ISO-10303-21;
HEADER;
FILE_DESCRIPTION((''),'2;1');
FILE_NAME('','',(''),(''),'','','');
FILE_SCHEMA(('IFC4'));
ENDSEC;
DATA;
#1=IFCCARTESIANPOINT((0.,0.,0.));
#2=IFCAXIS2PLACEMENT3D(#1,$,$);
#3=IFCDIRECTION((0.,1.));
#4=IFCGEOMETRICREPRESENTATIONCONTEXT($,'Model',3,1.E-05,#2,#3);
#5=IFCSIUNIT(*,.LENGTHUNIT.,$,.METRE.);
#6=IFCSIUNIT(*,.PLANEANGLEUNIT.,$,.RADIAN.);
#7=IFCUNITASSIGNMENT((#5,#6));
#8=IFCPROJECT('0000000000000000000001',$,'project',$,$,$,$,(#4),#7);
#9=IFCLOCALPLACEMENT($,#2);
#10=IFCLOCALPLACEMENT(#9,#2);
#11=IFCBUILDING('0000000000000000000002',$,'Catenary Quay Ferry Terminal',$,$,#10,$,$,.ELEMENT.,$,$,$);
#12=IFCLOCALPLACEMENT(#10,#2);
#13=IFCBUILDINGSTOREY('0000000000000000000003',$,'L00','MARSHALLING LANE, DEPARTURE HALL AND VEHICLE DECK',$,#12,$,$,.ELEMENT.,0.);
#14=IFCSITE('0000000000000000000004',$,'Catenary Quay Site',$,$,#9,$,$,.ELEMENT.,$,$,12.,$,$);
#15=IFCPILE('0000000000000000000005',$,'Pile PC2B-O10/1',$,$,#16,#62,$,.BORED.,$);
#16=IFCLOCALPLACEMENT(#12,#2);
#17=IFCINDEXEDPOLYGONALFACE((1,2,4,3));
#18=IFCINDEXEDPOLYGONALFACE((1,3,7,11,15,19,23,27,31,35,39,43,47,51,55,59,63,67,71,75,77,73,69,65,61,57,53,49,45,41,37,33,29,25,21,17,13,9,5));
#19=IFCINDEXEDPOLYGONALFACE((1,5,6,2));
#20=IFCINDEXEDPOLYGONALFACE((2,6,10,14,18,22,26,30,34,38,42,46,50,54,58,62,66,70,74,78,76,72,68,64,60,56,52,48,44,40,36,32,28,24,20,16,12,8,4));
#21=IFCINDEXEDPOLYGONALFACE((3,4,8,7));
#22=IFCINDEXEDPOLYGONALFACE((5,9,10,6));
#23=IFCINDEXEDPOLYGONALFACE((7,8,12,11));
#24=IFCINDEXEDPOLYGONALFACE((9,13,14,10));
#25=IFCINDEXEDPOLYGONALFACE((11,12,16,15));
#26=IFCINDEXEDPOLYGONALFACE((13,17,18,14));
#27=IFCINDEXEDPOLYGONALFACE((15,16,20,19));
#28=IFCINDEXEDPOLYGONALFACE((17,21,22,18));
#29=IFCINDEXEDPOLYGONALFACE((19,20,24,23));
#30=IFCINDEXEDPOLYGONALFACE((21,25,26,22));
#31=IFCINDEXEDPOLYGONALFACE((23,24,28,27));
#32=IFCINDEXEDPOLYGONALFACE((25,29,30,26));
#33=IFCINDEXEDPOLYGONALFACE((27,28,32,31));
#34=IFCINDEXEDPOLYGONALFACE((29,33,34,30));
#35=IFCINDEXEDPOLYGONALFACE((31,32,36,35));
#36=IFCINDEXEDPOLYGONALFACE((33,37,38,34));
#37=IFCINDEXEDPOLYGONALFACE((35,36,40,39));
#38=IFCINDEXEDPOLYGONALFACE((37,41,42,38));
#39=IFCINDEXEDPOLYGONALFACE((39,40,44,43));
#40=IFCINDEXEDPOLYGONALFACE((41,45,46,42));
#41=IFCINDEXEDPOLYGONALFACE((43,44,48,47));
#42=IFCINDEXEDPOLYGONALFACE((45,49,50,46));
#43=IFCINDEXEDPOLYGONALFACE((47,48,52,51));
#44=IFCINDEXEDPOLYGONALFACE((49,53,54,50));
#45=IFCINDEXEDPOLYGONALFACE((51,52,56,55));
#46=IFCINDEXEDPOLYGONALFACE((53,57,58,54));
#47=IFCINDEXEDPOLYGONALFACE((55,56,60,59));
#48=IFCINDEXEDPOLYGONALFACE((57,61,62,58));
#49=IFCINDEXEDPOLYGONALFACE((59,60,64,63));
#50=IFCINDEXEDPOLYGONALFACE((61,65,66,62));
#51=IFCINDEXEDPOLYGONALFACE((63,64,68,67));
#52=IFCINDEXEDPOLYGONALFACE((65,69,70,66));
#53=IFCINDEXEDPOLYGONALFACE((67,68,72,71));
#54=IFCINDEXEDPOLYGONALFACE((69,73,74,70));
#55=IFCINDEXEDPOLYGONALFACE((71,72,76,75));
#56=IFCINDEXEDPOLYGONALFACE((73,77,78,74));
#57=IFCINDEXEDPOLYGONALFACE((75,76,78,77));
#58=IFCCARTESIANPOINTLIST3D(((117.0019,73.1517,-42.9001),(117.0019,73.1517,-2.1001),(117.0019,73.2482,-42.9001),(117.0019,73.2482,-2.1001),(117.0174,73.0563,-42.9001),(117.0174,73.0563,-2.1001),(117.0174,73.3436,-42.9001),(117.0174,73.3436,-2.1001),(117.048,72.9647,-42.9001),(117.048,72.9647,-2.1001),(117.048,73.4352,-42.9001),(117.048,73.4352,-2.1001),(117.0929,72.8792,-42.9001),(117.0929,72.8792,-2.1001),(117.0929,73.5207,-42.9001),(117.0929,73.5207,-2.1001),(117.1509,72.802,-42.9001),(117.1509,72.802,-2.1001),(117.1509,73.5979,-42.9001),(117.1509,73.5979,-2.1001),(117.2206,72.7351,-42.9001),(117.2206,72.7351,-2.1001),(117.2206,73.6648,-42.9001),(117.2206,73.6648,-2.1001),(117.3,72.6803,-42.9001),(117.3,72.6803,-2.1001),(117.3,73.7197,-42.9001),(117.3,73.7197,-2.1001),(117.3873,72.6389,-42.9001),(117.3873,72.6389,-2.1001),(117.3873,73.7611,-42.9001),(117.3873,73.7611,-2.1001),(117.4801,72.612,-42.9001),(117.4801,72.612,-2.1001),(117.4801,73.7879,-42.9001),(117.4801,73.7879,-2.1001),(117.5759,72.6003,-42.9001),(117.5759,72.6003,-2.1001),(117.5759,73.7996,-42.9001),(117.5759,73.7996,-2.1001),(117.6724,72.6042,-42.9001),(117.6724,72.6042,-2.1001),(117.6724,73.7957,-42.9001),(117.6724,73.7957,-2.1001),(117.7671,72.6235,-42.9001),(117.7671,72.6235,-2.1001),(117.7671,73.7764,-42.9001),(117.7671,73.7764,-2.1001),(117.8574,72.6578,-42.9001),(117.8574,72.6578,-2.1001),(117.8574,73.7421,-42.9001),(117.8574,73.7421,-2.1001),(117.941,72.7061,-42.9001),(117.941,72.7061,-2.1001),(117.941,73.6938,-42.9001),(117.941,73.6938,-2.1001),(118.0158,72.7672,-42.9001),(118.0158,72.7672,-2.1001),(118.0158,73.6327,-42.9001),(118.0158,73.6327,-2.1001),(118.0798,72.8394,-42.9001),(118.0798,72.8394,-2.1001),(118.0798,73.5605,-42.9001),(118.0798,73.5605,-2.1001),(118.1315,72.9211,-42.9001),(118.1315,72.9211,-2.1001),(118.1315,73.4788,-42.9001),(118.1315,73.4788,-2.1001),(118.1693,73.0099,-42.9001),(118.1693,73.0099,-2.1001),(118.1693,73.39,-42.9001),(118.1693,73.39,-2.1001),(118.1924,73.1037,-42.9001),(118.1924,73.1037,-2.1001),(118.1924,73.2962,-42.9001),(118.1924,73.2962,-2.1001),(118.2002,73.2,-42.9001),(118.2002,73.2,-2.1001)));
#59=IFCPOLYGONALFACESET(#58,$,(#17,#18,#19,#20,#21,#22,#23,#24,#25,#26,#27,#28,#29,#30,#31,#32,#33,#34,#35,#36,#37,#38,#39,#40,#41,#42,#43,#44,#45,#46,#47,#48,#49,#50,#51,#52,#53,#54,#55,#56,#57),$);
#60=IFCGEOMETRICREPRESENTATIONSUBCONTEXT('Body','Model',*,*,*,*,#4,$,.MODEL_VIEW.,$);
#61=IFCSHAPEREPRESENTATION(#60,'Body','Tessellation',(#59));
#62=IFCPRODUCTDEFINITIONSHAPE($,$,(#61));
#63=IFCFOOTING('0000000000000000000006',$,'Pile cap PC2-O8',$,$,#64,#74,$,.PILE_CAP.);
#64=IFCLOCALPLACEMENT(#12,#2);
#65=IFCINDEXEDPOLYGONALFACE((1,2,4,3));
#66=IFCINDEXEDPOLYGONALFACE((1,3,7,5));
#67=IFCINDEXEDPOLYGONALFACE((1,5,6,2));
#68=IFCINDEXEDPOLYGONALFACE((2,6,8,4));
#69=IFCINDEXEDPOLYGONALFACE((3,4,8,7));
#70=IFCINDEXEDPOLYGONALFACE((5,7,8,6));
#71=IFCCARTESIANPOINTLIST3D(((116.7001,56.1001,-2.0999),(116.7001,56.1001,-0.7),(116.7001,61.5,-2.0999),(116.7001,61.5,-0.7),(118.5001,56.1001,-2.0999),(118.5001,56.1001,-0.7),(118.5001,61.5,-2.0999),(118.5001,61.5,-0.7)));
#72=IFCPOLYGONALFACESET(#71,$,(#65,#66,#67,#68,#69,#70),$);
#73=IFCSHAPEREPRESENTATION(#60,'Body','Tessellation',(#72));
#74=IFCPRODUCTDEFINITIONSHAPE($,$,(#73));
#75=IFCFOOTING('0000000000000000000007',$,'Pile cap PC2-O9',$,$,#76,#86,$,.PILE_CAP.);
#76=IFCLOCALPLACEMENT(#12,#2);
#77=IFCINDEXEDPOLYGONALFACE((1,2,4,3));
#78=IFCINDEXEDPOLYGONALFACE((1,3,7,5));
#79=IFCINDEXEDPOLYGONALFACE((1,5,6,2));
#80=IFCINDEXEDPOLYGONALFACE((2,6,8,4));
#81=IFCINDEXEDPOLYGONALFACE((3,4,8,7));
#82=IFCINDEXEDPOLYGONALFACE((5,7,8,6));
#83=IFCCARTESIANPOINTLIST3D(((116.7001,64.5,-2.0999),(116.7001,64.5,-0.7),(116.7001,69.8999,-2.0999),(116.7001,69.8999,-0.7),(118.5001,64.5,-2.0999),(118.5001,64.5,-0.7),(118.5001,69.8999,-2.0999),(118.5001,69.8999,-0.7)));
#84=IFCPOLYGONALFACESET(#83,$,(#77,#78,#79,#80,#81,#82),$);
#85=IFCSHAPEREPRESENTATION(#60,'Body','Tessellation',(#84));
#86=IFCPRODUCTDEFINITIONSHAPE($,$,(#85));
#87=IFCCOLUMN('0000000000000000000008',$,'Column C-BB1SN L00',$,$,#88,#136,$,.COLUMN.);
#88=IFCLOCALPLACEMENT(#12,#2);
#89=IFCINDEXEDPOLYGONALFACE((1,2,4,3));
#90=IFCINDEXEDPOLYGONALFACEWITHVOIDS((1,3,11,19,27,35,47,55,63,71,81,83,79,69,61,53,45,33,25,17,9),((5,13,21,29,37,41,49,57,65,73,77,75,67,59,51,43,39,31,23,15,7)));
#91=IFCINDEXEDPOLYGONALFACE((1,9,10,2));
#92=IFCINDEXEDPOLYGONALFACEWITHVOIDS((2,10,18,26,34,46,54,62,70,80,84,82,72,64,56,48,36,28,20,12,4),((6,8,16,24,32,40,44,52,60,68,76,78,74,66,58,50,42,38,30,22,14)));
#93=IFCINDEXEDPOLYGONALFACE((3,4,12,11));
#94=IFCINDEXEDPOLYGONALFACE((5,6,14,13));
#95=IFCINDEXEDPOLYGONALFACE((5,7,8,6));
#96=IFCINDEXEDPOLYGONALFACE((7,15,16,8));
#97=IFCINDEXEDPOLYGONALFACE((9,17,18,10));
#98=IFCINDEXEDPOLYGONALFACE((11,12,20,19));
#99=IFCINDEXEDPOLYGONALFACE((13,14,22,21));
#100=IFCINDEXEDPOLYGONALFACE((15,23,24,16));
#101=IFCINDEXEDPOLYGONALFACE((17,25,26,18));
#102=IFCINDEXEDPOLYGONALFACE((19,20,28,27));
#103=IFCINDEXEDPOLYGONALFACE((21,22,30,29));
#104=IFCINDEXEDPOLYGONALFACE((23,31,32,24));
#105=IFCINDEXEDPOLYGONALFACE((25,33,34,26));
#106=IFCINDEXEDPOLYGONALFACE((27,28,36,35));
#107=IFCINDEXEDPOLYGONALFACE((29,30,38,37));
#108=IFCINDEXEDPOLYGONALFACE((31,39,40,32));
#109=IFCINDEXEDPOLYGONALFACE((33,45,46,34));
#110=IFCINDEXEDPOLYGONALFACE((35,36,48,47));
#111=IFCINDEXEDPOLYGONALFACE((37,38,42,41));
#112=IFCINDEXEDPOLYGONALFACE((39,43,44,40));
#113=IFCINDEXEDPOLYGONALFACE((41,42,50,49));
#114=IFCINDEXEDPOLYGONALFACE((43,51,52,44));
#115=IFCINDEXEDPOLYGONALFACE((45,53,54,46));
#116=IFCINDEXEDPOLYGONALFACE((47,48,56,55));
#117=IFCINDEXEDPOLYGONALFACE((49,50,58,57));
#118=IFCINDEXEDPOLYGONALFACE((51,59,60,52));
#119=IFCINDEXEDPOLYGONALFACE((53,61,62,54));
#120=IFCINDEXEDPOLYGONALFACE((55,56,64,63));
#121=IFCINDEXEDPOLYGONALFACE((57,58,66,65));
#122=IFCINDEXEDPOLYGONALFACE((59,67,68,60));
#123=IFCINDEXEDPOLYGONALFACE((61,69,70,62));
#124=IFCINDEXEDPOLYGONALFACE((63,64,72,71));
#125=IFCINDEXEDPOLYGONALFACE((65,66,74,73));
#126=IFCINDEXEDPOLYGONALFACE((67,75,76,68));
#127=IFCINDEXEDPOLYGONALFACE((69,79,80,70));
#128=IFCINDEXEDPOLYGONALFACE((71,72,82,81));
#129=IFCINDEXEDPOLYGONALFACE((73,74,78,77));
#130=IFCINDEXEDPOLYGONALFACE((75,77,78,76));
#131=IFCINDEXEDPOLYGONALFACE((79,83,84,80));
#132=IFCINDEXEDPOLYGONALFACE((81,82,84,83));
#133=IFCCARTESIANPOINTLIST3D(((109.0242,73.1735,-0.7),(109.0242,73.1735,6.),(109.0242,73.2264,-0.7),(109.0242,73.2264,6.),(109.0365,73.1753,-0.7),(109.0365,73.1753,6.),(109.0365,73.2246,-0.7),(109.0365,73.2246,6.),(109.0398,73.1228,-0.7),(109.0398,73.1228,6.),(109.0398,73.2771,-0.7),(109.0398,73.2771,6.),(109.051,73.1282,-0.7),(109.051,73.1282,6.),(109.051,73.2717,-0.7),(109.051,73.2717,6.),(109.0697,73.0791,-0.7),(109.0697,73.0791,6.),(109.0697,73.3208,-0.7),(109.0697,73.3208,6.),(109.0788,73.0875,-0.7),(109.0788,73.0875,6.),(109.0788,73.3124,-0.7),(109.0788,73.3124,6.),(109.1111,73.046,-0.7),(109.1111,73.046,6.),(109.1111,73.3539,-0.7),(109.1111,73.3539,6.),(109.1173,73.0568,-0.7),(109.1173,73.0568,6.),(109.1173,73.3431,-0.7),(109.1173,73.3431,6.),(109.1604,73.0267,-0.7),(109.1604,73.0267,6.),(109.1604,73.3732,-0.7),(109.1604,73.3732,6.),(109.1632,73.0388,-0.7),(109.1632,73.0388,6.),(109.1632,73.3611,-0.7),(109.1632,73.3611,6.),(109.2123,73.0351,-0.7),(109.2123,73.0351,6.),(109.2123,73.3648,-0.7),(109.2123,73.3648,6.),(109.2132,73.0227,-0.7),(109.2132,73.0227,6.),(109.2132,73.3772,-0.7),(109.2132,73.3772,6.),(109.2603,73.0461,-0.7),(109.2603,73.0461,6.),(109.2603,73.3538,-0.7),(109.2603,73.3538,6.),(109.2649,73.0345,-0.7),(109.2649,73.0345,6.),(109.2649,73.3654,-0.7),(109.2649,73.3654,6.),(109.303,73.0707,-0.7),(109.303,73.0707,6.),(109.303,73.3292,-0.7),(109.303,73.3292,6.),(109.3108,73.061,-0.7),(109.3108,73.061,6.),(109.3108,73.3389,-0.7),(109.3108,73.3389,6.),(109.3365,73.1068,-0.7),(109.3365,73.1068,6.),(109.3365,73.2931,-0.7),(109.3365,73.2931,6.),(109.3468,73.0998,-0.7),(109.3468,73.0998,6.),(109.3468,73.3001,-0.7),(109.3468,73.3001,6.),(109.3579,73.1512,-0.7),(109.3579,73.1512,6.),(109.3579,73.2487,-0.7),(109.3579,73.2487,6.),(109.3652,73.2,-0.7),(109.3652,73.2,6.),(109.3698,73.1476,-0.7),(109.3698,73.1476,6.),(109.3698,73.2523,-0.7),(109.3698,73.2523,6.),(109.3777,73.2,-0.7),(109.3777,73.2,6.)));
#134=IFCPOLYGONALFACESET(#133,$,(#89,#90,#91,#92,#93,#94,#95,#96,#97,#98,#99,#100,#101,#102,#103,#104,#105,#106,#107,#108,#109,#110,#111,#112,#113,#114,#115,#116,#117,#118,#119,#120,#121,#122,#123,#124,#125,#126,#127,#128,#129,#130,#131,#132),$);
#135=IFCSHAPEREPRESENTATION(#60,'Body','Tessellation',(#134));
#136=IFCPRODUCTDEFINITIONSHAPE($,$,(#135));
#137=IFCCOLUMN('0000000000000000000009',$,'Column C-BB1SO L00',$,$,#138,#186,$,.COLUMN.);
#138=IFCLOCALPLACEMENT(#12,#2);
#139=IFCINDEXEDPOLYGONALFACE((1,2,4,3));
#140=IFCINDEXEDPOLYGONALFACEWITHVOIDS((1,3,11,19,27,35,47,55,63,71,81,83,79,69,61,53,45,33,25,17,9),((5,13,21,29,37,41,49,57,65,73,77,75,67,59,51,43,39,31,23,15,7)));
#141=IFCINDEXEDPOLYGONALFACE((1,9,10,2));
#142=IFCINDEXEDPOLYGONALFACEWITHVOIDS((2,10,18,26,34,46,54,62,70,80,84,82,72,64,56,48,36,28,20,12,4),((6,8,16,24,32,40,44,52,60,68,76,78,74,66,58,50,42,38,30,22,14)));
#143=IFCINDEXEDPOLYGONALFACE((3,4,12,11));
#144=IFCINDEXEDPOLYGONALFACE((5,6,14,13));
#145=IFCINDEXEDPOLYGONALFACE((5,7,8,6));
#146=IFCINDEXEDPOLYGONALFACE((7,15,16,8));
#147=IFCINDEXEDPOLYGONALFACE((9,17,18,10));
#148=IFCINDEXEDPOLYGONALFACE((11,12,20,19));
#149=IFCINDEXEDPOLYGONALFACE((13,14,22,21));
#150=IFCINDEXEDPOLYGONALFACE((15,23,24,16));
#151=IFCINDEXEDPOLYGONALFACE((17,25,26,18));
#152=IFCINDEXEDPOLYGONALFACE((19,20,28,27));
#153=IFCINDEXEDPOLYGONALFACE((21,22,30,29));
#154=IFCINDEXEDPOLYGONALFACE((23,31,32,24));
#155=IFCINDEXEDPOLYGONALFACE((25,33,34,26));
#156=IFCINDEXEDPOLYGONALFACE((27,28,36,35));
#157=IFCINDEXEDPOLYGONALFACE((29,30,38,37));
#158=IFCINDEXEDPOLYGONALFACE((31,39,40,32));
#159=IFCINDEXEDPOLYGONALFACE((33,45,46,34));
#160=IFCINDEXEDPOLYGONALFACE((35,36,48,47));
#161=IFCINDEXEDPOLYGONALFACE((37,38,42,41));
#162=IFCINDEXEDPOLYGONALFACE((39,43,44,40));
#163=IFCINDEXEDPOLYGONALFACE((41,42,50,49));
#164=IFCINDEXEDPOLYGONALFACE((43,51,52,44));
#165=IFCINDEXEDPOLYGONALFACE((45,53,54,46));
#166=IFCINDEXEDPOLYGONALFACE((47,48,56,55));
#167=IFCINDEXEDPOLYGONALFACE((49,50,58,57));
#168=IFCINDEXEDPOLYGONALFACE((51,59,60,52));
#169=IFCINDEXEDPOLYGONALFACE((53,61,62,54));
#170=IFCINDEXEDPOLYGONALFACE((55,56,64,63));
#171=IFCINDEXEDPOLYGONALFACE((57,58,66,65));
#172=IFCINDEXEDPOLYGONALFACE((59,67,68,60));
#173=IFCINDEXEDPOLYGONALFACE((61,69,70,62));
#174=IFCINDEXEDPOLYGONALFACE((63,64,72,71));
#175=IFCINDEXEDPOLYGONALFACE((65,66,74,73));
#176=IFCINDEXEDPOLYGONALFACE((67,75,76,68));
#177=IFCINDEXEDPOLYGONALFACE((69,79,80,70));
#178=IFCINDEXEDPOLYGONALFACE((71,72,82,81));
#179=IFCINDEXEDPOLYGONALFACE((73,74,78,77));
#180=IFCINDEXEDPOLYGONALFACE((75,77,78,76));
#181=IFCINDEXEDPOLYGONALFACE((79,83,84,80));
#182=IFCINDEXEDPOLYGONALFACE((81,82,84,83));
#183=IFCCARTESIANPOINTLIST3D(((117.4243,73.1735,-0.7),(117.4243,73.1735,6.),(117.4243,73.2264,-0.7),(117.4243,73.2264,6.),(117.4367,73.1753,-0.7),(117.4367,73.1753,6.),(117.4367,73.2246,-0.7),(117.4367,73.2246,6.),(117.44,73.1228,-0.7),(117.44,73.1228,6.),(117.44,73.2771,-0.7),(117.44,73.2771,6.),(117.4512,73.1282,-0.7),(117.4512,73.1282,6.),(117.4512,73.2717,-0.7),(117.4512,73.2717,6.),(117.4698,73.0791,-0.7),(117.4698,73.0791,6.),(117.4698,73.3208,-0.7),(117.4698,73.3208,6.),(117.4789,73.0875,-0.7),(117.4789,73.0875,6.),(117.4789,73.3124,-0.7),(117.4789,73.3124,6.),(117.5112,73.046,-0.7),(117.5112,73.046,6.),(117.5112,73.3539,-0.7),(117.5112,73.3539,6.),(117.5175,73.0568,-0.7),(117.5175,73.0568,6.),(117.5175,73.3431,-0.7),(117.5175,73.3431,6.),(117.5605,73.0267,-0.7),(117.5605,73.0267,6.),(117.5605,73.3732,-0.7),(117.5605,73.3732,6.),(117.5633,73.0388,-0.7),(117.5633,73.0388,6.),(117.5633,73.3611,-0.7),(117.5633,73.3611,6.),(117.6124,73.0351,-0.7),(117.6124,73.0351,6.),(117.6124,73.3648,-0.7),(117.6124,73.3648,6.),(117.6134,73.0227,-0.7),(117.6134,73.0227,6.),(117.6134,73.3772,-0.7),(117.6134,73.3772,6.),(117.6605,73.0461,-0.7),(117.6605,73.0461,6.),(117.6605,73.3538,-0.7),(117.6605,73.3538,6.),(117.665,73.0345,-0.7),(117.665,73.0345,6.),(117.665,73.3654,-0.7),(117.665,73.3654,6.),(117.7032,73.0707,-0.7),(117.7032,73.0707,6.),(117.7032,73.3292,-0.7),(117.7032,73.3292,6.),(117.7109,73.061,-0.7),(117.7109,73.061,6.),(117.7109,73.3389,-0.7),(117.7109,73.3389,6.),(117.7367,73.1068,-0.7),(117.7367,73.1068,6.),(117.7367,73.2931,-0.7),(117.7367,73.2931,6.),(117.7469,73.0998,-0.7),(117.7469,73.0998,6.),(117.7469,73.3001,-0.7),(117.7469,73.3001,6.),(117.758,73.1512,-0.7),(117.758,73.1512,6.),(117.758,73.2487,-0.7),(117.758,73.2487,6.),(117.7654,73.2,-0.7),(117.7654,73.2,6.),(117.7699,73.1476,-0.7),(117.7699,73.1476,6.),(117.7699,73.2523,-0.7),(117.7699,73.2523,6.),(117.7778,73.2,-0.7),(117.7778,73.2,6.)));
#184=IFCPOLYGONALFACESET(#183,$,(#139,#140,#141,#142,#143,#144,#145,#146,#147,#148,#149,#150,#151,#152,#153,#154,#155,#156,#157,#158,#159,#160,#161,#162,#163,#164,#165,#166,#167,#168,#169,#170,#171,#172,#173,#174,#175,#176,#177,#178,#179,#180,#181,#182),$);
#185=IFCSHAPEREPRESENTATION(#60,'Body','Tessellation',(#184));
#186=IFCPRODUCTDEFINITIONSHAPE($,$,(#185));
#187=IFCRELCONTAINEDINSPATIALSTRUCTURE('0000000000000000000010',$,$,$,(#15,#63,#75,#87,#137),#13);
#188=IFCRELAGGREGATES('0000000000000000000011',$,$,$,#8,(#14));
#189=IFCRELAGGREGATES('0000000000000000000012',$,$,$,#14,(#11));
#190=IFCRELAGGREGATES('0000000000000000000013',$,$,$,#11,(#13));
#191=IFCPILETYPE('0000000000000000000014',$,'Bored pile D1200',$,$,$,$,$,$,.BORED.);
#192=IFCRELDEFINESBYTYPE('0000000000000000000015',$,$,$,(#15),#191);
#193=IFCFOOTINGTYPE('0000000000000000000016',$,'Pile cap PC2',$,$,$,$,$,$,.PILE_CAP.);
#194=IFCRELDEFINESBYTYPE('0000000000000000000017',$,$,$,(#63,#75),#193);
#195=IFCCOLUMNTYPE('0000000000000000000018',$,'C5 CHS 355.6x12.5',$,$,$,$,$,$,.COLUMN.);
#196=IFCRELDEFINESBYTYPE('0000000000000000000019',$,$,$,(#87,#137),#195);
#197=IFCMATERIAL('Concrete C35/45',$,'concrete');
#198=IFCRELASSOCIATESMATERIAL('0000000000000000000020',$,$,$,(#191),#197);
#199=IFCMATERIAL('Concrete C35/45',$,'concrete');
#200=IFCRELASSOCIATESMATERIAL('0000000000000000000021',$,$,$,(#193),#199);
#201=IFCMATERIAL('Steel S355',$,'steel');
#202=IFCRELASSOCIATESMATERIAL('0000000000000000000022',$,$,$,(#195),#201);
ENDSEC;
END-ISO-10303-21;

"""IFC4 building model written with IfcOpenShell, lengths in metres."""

from ifc_helpers import new_model, si_unit, direction, frame, origin, origin_2d, place, context, subcontext, project, spatial, rectangle, circle, hollow_circle, extrude, material, material_profile, profile_set, type_object, element, save


model = new_model("IFC4")

# Units and contexts
model_context = context("Model", 3, precision=1e-05, world=origin(), true_north=direction((0.0, 1.0)))
body_context = subcontext(model_context, "Body", "Model", "MODEL_VIEW")
ifc_project = project(units=[si_unit("LENGTHUNIT", "METRE"), si_unit("PLANEANGLEUNIT", "RADIAN")], contexts=[model_context])

# Site, building, storey
site_placement = place(None, origin())
site = spatial("IfcSite", under=ifc_project, at=site_placement, Name="Catenary Quay Site", CompositionType="ELEMENT", RefElevation=12.0)
building_placement = place(site_placement, origin())
building = spatial("IfcBuilding", under=site, at=building_placement, Name="Catenary Quay Ferry Terminal", CompositionType="ELEMENT")
storey_placement = place(building_placement, origin())
storey = spatial("IfcBuildingStorey", under=building, at=storey_placement, Name="L00", Description="MARSHALLING LANE, DEPARTURE HALL AND VEHICLE DECK", CompositionType="ELEMENT", Elevation=0.0)

# Pile
ifc_material_1 = material(Name="Concrete C35/45", Category="concrete")
ifc_material_profile_1 = material_profile(ifc_material_1, circle(Radius=0.6001, at=origin_2d()), Name="D1200")
ifc_profile_set_1 = profile_set([ifc_material_profile_1], Name="Concrete C35/45")
pile_type = type_object("IfcPileType", Name="Bored pile D1200", PredefinedType="BORED", material=ifc_profile_set_1)
for number, where, z_axis, x_axis, name in (
    (1, (117.6001, 73.2, -2.1001), (0.0, 0.0, -1.0), (1.0, 0.0, 0.0), "Pile PC2B-O10/1"),
):
    element("IfcPile", number, at=place(storey_placement, frame(where, z_axis=z_axis, x_axis=x_axis)), inside=storey, type_object=pile_type, Name=name, PredefinedType="BORED", context=body_context, shape_type="SweptSolid", body=[
        extrude(circle(Radius=0.6001, at=origin_2d()), origin(), (0.0, 0.0, 1.0), 40.8),
    ])

# Footings
ifc_material_2 = material(Name="Concrete C35/45", Category="concrete")
footing_type = type_object("IfcFootingType", Name="Pile cap PC2", PredefinedType="PILE_CAP", material=ifc_material_2)
for number, where, z_axis, x_axis, name in (
    (2, (117.6001, 58.8, -2.0999), (0.0, 0.0, 1.0), (1.0, 0.0, 0.0), "Pile cap PC2-O8"),
    (3, (117.6001, 67.2, -2.0999), (0.0, 0.0, 1.0), (1.0, 0.0, 0.0), "Pile cap PC2-O9"),
):
    element("IfcFooting", number, at=place(storey_placement, frame(where, z_axis=z_axis, x_axis=x_axis)), inside=storey, type_object=footing_type, Name=name, PredefinedType="PILE_CAP", context=body_context, shape_type="SweptSolid", body=[
        extrude(rectangle(XDim=1.8, YDim=5.3999, at=origin_2d()), origin(), (0.0, 0.0, 1.0), 1.3999),
    ])

# Columns
ifc_material_3 = material(Name="Steel S355", Category="steel")
ifc_material_profile_2 = material_profile(ifc_material_3, hollow_circle(Radius=0.1777, WallThickness=0.0125, at=origin_2d()), Name="CHS 355.6x12.5")
ifc_profile_set_2 = profile_set([ifc_material_profile_2], Name="Steel S355")
column_type = type_object("IfcColumnType", Name="C5 CHS 355.6x12.5", PredefinedType="COLUMN", material=ifc_profile_set_2)
for number, where, z_axis, x_axis, name in (
    (4, (109.2, 73.2, -0.7), (0.0, 0.0, 1.0), (1.0, 0.0, 0.0), "Column C-BB1SN L00"),
    (5, (117.6001, 73.2, -0.7), (0.0, 0.0, 1.0), (1.0, 0.0, 0.0), "Column C-BB1SO L00"),
):
    element("IfcColumn", number, at=place(storey_placement, frame(where, z_axis=z_axis, x_axis=x_axis)), inside=storey, type_object=column_type, Name=name, PredefinedType="COLUMN", context=body_context, shape_type="SweptSolid", body=[
        extrude(hollow_circle(Radius=0.1777, WallThickness=0.0125, at=origin_2d()), origin(), (0.0, 0.0, 1.0), 6.7),
    ])

save(model, "model.ifc")
